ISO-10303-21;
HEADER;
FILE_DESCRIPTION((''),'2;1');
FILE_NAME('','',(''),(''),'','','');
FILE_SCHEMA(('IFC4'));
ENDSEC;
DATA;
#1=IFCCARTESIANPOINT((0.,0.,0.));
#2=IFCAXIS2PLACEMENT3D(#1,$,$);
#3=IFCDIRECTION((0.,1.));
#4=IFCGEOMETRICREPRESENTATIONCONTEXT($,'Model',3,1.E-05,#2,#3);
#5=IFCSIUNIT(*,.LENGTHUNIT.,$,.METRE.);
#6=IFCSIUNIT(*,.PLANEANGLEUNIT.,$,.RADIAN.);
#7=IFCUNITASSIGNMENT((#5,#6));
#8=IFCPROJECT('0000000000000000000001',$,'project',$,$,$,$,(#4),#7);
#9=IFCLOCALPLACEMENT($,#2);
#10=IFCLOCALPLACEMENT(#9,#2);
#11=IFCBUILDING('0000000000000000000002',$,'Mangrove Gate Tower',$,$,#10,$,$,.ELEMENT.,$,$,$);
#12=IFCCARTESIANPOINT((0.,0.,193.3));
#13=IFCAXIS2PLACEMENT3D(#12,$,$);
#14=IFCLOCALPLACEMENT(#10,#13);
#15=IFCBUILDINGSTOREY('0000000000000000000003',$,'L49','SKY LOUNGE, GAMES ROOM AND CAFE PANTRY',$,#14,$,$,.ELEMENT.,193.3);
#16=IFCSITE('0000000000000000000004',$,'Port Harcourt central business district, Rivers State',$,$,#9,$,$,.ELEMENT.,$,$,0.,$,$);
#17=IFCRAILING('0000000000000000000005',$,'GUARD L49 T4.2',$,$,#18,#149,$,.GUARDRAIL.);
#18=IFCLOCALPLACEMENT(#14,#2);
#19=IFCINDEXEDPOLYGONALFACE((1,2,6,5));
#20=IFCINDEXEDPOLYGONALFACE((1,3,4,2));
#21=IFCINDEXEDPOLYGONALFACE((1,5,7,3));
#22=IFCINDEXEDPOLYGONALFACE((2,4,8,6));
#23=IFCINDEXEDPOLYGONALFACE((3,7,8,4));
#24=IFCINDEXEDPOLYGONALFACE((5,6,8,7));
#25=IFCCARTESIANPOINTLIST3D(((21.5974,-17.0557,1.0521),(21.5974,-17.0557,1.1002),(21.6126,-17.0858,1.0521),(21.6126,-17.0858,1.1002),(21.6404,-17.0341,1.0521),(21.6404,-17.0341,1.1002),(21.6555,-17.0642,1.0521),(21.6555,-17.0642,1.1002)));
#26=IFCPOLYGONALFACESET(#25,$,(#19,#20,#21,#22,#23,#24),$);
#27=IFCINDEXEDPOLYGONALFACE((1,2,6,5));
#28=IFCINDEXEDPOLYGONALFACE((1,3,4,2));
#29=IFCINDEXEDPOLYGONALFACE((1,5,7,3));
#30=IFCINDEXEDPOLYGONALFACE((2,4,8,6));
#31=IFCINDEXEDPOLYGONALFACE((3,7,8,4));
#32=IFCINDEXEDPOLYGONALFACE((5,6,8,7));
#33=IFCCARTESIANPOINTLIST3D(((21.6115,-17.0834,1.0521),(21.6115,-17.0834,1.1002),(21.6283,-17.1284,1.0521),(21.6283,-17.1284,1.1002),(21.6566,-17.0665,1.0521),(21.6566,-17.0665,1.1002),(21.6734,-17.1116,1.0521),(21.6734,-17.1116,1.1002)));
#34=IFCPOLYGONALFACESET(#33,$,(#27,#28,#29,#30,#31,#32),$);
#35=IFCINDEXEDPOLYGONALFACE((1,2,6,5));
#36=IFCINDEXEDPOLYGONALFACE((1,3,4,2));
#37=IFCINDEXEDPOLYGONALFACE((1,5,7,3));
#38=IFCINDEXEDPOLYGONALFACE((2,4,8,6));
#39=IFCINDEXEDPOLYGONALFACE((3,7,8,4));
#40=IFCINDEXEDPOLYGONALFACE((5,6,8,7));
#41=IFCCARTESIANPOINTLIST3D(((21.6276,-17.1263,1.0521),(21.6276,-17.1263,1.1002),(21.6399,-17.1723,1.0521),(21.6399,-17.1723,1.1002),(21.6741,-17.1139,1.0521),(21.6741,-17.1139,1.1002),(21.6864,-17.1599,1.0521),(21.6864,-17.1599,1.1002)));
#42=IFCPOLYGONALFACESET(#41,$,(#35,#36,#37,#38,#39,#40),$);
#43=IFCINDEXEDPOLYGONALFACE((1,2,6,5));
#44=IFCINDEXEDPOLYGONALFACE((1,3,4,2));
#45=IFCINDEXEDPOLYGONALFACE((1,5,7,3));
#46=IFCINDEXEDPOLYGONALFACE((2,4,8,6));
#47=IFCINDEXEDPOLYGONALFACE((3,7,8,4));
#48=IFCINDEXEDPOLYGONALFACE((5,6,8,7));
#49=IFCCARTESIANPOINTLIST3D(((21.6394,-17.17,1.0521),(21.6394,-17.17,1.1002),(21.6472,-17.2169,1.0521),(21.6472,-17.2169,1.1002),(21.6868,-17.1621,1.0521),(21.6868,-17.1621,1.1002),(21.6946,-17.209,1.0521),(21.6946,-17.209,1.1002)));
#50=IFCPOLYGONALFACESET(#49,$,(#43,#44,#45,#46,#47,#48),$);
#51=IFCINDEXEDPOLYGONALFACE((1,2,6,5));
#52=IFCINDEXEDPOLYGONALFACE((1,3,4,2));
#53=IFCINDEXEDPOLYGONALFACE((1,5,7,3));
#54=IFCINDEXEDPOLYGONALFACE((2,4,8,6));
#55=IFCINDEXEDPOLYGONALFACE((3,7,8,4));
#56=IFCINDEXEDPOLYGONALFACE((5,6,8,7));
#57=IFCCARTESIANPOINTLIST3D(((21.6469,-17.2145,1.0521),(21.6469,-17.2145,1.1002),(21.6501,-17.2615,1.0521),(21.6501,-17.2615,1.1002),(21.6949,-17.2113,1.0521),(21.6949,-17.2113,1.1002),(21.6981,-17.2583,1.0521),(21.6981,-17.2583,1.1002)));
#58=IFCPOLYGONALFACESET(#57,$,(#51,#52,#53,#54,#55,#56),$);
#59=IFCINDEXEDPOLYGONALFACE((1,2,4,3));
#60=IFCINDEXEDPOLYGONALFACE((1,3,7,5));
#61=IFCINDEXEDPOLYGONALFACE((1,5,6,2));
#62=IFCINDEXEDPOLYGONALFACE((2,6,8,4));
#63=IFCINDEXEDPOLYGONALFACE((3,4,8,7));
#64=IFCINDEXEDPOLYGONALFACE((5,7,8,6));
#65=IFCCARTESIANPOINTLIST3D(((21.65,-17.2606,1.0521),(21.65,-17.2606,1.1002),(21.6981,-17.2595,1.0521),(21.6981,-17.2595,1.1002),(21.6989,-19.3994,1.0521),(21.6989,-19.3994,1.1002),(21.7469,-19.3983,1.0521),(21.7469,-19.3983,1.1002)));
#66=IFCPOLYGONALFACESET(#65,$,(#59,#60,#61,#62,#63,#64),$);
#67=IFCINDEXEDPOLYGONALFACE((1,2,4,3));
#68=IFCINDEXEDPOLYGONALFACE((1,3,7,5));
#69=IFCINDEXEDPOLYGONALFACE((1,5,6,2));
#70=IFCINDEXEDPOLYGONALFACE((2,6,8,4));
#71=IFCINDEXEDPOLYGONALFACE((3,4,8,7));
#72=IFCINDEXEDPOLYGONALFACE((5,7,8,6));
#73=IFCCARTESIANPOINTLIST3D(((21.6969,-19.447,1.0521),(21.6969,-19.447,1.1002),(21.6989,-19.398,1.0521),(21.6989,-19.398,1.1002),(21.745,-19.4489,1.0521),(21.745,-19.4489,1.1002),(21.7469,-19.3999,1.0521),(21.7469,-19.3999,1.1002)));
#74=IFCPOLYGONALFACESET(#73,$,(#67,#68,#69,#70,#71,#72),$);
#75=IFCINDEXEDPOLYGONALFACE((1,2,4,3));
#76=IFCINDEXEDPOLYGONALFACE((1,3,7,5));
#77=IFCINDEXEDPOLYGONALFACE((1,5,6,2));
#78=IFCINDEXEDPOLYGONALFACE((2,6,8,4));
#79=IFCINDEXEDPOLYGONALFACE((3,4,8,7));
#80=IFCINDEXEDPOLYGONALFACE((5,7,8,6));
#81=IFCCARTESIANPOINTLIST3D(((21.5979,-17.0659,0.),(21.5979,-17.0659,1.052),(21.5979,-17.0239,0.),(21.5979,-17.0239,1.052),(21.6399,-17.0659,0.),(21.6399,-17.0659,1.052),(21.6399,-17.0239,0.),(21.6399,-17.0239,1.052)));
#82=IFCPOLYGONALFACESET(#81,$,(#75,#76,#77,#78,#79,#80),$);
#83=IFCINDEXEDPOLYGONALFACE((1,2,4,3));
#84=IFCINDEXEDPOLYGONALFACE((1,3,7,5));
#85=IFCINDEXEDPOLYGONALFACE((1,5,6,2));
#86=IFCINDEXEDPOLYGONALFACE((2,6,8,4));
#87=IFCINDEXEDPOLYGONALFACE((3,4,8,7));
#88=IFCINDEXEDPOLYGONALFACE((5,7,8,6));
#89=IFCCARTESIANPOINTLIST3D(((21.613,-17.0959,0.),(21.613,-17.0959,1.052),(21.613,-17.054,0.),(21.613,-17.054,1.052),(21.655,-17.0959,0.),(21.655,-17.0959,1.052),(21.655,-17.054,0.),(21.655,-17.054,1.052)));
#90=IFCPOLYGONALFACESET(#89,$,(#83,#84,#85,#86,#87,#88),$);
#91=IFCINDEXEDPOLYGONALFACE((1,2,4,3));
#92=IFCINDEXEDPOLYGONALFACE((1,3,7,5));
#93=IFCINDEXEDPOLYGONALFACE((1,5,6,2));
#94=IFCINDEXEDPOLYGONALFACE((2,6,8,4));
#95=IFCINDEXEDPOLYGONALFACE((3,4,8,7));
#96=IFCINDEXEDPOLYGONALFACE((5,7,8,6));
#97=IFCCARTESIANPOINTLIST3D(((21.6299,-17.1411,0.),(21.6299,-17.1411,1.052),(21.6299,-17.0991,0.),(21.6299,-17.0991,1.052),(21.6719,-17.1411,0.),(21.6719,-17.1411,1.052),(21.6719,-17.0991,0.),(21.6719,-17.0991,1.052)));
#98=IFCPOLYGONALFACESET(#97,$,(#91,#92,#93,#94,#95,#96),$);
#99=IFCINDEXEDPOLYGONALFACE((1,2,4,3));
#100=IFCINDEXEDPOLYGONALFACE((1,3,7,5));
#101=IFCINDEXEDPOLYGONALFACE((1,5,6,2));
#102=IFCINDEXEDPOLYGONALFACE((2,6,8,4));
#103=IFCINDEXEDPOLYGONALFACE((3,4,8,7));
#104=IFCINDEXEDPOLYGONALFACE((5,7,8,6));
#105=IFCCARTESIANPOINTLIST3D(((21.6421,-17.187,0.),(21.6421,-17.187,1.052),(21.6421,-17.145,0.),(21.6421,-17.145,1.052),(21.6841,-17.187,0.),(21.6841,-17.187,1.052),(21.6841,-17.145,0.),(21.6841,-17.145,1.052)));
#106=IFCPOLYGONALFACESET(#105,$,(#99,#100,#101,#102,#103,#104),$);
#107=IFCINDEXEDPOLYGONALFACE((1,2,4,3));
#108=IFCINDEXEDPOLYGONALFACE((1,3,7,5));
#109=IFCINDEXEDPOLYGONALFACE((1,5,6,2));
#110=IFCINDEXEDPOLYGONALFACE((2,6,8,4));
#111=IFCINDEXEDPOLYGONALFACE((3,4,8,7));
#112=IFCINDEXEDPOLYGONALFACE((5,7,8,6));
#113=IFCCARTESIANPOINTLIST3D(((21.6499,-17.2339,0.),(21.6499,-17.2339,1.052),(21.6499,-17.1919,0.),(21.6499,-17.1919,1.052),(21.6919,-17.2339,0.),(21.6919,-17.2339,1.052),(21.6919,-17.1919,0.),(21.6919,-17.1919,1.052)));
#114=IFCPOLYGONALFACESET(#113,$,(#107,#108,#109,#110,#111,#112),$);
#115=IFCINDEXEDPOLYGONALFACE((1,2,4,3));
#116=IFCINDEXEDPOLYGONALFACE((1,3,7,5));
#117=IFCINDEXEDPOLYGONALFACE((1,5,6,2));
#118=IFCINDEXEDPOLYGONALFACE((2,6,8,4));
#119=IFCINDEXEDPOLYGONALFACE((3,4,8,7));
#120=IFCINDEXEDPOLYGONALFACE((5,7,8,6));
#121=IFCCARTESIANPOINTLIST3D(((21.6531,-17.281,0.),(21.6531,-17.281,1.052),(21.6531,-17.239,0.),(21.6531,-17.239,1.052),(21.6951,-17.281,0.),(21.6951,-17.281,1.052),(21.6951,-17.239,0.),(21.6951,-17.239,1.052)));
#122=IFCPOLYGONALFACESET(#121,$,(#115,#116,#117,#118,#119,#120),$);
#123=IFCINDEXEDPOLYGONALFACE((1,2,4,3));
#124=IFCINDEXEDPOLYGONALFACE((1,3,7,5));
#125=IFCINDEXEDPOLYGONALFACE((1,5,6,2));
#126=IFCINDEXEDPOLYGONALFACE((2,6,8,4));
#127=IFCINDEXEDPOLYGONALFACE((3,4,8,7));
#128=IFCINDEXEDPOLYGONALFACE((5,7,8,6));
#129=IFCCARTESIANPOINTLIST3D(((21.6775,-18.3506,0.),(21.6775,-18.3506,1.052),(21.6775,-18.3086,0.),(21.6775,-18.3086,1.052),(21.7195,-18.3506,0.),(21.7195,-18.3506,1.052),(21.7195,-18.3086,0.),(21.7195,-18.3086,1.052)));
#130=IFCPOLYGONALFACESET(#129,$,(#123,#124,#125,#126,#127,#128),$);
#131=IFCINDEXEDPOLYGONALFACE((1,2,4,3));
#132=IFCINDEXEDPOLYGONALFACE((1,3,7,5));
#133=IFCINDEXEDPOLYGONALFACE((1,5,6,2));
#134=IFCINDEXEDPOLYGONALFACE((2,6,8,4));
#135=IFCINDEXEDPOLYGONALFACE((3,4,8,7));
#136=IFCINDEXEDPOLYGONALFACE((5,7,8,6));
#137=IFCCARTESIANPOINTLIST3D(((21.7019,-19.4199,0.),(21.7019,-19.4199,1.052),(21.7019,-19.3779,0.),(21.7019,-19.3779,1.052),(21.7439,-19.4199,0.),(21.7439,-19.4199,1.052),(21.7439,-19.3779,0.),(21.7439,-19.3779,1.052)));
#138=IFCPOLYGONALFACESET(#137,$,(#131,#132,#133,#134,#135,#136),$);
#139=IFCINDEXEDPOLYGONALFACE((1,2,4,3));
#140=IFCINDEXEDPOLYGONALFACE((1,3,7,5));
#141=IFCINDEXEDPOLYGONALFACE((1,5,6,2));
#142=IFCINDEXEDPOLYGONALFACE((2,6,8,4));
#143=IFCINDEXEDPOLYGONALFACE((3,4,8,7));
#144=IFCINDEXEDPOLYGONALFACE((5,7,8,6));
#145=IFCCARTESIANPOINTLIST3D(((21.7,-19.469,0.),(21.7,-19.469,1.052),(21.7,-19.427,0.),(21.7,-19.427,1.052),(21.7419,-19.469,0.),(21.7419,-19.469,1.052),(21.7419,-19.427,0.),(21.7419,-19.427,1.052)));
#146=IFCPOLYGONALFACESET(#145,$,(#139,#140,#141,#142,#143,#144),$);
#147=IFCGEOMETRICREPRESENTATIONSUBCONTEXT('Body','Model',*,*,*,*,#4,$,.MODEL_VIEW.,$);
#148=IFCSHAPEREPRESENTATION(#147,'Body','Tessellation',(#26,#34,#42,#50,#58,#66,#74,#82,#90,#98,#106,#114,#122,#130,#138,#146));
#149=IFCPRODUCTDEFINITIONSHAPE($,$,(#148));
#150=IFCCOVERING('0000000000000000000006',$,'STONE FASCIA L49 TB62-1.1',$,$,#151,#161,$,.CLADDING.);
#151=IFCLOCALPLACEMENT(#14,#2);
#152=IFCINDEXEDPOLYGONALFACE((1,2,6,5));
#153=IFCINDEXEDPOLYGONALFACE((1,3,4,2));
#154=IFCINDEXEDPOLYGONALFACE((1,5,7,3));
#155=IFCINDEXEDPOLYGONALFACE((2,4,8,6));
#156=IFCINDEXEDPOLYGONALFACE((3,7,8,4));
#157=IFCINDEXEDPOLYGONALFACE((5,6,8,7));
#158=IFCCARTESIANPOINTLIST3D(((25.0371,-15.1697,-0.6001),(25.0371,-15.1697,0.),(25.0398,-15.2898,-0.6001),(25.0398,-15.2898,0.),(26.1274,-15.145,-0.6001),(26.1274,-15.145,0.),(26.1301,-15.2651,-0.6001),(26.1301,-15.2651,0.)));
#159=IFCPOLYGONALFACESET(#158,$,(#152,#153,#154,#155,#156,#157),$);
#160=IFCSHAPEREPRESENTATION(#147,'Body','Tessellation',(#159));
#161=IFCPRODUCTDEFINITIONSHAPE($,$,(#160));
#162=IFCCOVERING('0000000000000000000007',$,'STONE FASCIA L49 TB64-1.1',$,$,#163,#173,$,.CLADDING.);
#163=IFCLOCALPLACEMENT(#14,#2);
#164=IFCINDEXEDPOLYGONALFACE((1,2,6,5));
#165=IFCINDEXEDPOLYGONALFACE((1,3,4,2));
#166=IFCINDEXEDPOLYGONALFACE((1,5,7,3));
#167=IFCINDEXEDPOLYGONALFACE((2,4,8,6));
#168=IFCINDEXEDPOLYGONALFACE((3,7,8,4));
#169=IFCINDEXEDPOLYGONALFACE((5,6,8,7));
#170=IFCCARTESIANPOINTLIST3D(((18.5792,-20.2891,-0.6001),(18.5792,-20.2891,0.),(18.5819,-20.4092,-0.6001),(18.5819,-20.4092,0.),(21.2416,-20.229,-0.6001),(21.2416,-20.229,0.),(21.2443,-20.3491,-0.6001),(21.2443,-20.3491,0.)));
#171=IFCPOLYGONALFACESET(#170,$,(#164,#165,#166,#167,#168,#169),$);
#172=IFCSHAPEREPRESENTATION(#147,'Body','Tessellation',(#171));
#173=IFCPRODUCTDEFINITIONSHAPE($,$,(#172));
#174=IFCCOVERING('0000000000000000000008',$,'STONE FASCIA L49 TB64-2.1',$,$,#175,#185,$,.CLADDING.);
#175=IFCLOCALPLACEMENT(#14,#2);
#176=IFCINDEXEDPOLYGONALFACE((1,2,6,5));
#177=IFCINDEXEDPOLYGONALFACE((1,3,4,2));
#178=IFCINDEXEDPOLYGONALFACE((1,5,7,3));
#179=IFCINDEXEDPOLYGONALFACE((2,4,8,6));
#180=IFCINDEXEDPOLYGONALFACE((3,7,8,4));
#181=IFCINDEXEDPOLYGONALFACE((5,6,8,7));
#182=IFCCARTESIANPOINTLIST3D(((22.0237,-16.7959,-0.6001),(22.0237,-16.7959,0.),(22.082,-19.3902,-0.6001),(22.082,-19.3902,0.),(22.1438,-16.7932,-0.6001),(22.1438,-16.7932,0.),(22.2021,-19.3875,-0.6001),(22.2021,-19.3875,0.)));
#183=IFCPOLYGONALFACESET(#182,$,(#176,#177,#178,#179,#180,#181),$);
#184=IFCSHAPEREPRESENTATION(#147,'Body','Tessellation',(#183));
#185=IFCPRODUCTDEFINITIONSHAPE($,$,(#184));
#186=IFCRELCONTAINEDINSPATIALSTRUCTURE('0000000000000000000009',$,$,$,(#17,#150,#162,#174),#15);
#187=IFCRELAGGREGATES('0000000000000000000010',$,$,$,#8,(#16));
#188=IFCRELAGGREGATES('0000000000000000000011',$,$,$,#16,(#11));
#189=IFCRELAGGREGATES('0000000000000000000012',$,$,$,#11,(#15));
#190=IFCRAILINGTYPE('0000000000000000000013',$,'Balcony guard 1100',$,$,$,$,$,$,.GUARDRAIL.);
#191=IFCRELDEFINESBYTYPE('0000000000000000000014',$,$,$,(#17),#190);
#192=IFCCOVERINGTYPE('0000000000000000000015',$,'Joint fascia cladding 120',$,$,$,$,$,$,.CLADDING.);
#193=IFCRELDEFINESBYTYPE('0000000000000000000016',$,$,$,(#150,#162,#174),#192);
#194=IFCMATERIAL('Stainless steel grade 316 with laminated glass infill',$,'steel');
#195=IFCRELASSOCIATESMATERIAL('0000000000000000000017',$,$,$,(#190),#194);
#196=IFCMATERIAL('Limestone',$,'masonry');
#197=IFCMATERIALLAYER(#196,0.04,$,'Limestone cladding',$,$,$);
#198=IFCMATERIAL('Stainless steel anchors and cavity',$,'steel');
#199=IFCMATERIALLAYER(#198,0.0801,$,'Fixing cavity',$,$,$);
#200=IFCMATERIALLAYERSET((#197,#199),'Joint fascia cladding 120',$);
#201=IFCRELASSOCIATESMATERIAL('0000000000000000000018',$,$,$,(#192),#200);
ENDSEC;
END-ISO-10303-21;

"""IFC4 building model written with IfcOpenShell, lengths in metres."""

from ifc_helpers import new_model, si_unit, direction, frame, frame_2d, origin, origin_2d, place, context, subcontext, project, spatial, rectangle, extrude, material, layer, layer_set, type_object, element, save


model = new_model("IFC4")

# Units and contexts
model_context = context("Model", 3, precision=1e-05, world=origin(), true_north=direction((0.0, 1.0)))
body_context = subcontext(model_context, "Body", "Model", "MODEL_VIEW")
ifc_project = project(units=[si_unit("LENGTHUNIT", "METRE"), si_unit("PLANEANGLEUNIT", "RADIAN")], contexts=[model_context])

# Site, building, storey
site_placement = place(None, origin())
site = spatial("IfcSite", under=ifc_project, at=site_placement, Name="Port Harcourt central business district, Rivers State", CompositionType="ELEMENT", RefElevation=0.0)
building_placement = place(site_placement, origin())
building = spatial("IfcBuilding", under=site, at=building_placement, Name="Mangrove Gate Tower", CompositionType="ELEMENT")
storey_placement = place(building_placement, frame((0.0, 0.0, 193.3)))
storey = spatial("IfcBuildingStorey", under=building, at=storey_placement, Name="L49", Description="SKY LOUNGE, GAMES ROOM AND CAFE PANTRY", CompositionType="ELEMENT", Elevation=193.3)

# Shared definitions
ifc_material_1 = material(Name="Limestone", Category="masonry")

# Railing
ifc_material_2 = material(Name="Stainless steel grade 316 with laminated glass infill", Category="steel")
railing_type = type_object("IfcRailingType", Name="Balcony guard 1100", PredefinedType="GUARDRAIL", material=ifc_material_2)
railing_1_placement = place(storey_placement, frame((21.6189, -17.0449, 0.0)))
element("IfcRailing", 1, at=railing_1_placement, inside=storey, type_object=railing_type, Name="GUARD L49 T4.2", PredefinedType="GUARDRAIL", context=body_context, shape_type="SweptSolid", body=[
    extrude(rectangle(XDim=0.0481, YDim=0.0481, at=origin_2d()), frame((0.0, 0.0, 1.0762), z_axis=(0.450115, -0.89297, 0.0), x_axis=(0.89297, 0.450115, 0.0)), (0.0, 0.0, 1.0), 0.0337),
    extrude(rectangle(XDim=0.0481, YDim=0.0481, at=origin_2d()), frame((0.0151, -0.03, 1.0762), z_axis=(0.349458, -0.936952, 0.0), x_axis=(0.936952, 0.349458, 0.0)), (0.0, 0.0, 1.0), 0.0481),
    extrude(rectangle(XDim=0.0481, YDim=0.0481, at=origin_2d()), frame((0.032, -0.0752, 1.0762), z_axis=(0.257023, -0.966405, 0.0), x_axis=(0.966405, 0.257023, 0.0)), (0.0, 0.0, 1.0), 0.0476),
    extrude(rectangle(XDim=0.0481, YDim=0.0481, at=origin_2d()), frame((0.0442, -0.1211, 1.0762), z_axis=(0.164399, -0.986394, 0.0), x_axis=(0.986394, 0.164399, 0.0)), (0.0, 0.0, 1.0), 0.0476),
    extrude(rectangle(XDim=0.0481, YDim=0.0481, at=origin_2d()), frame((0.052, -0.168, 1.0762), z_axis=(0.067205, -0.997739, 0.0), x_axis=(0.997739, 0.067205, 0.0)), (0.0, 0.0, 1.0), 0.0471),
    extrude(rectangle(XDim=0.0481, YDim=0.0481, at=origin_2d()), frame((0.0552, -0.2151, 1.0762), z_axis=(0.022822, -0.99974, 0.0), x_axis=(0.99974, 0.022822, 0.0)), (0.0, 0.0, 1.0), 2.1394),
    extrude(rectangle(XDim=0.0481, YDim=0.0481, at=origin_2d()), frame((0.104, -2.354, 1.0762), z_axis=(-0.03977, -0.999209, 0.0), x_axis=(0.999209, -0.03977, 0.0)), (0.0, 0.0, 1.0), 0.0491),
    extrude(rectangle(XDim=0.042, YDim=0.042, at=origin_2d()), origin(), (0.0, 0.0, 1.0), 1.052),
    extrude(rectangle(XDim=0.042, YDim=0.042, at=origin_2d()), frame((0.0151, -0.03, 0.0)), (0.0, 0.0, 1.0), 1.052),
    extrude(rectangle(XDim=0.042, YDim=0.042, at=origin_2d()), frame((0.032, -0.0752, 0.0)), (0.0, 0.0, 1.0), 1.052),
    extrude(rectangle(XDim=0.042, YDim=0.042, at=origin_2d()), frame((0.0442, -0.1211, 0.0)), (0.0, 0.0, 1.0), 1.052),
    extrude(rectangle(XDim=0.042, YDim=0.042, at=origin_2d()), frame((0.052, -0.168, 0.0)), (0.0, 0.0, 1.0), 1.052),
    extrude(rectangle(XDim=0.042, YDim=0.042, at=origin_2d()), frame((0.0552, -0.2151, 0.0)), (0.0, 0.0, 1.0), 1.052),
    extrude(rectangle(XDim=0.042, YDim=0.042, at=origin_2d()), frame((0.0796, -1.2847, 0.0)), (0.0, 0.0, 1.0), 1.052),
    extrude(rectangle(XDim=0.042, YDim=0.042, at=origin_2d()), frame((0.104, -2.354, 0.0)), (0.0, 0.0, 1.0), 1.052),
    extrude(rectangle(XDim=0.042, YDim=0.042, at=origin_2d()), frame((0.1021, -2.4031, 0.0)), (0.0, 0.0, 1.0), 1.052),
])

# Coverings
ifc_layer_1 = layer(ifc_material_1, 0.04, Name="Limestone cladding")
ifc_material_3 = material(Name="Stainless steel anchors and cavity", Category="steel")
ifc_layer_2 = layer(ifc_material_3, 0.0801, Name="Fixing cavity")
ifc_layer_set_1 = layer_set([ifc_layer_1, ifc_layer_2], Name="Joint fascia cladding 120")
covering_type = type_object("IfcCoveringType", Name="Joint fascia cladding 120", PredefinedType="CLADDING", material=ifc_layer_set_1)
covering_1_placement = place(storey_placement, frame((26.1289, -15.2051, -0.6001), z_axis=(0.0, 0.0, 1.0), x_axis=(-0.999744, -0.02261, 0.0)))
element("IfcCovering", 2, at=covering_1_placement, inside=storey, type_object=covering_type, Name="STONE FASCIA L49 TB62-1.1", PredefinedType="CLADDING", context=body_context, shape_type="SweptSolid", body=[
    extrude(rectangle(XDim=1.0906, YDim=0.1201, at=frame_2d((0.5454, 0.0))), origin(), (0.0, 0.0, 1.0), 0.6001),
])
covering_2_placement = place(storey_placement, frame((21.2429, -20.2891, -0.6001), z_axis=(0.0, 0.0, 1.0), x_axis=(-0.999746, -0.022553, 0.0)))
element("IfcCovering", 3, at=covering_2_placement, inside=storey, type_object=covering_type, Name="STONE FASCIA L49 TB64-1.1", PredefinedType="CLADDING", context=body_context, shape_type="SweptSolid", body=[
    extrude(rectangle(XDim=2.6631, YDim=0.1201, at=frame_2d((1.3315, 0.0))), origin(), (0.0, 0.0, 1.0), 0.6001),
])
covering_3_placement = place(storey_placement, frame((22.0837, -16.7947, -0.6001), z_axis=(0.0, 0.0, 1.0), x_axis=(0.022486, -0.999747, 0.0)))
element("IfcCovering", 4, at=covering_3_placement, inside=storey, type_object=covering_type, Name="STONE FASCIA L49 TB64-2.1", PredefinedType="CLADDING", context=body_context, shape_type="SweptSolid", body=[
    extrude(rectangle(XDim=2.595, YDim=0.1201, at=frame_2d((1.2974, 0.0))), origin(), (0.0, 0.0, 1.0), 0.6001),
])

save(model, "model.ifc")
